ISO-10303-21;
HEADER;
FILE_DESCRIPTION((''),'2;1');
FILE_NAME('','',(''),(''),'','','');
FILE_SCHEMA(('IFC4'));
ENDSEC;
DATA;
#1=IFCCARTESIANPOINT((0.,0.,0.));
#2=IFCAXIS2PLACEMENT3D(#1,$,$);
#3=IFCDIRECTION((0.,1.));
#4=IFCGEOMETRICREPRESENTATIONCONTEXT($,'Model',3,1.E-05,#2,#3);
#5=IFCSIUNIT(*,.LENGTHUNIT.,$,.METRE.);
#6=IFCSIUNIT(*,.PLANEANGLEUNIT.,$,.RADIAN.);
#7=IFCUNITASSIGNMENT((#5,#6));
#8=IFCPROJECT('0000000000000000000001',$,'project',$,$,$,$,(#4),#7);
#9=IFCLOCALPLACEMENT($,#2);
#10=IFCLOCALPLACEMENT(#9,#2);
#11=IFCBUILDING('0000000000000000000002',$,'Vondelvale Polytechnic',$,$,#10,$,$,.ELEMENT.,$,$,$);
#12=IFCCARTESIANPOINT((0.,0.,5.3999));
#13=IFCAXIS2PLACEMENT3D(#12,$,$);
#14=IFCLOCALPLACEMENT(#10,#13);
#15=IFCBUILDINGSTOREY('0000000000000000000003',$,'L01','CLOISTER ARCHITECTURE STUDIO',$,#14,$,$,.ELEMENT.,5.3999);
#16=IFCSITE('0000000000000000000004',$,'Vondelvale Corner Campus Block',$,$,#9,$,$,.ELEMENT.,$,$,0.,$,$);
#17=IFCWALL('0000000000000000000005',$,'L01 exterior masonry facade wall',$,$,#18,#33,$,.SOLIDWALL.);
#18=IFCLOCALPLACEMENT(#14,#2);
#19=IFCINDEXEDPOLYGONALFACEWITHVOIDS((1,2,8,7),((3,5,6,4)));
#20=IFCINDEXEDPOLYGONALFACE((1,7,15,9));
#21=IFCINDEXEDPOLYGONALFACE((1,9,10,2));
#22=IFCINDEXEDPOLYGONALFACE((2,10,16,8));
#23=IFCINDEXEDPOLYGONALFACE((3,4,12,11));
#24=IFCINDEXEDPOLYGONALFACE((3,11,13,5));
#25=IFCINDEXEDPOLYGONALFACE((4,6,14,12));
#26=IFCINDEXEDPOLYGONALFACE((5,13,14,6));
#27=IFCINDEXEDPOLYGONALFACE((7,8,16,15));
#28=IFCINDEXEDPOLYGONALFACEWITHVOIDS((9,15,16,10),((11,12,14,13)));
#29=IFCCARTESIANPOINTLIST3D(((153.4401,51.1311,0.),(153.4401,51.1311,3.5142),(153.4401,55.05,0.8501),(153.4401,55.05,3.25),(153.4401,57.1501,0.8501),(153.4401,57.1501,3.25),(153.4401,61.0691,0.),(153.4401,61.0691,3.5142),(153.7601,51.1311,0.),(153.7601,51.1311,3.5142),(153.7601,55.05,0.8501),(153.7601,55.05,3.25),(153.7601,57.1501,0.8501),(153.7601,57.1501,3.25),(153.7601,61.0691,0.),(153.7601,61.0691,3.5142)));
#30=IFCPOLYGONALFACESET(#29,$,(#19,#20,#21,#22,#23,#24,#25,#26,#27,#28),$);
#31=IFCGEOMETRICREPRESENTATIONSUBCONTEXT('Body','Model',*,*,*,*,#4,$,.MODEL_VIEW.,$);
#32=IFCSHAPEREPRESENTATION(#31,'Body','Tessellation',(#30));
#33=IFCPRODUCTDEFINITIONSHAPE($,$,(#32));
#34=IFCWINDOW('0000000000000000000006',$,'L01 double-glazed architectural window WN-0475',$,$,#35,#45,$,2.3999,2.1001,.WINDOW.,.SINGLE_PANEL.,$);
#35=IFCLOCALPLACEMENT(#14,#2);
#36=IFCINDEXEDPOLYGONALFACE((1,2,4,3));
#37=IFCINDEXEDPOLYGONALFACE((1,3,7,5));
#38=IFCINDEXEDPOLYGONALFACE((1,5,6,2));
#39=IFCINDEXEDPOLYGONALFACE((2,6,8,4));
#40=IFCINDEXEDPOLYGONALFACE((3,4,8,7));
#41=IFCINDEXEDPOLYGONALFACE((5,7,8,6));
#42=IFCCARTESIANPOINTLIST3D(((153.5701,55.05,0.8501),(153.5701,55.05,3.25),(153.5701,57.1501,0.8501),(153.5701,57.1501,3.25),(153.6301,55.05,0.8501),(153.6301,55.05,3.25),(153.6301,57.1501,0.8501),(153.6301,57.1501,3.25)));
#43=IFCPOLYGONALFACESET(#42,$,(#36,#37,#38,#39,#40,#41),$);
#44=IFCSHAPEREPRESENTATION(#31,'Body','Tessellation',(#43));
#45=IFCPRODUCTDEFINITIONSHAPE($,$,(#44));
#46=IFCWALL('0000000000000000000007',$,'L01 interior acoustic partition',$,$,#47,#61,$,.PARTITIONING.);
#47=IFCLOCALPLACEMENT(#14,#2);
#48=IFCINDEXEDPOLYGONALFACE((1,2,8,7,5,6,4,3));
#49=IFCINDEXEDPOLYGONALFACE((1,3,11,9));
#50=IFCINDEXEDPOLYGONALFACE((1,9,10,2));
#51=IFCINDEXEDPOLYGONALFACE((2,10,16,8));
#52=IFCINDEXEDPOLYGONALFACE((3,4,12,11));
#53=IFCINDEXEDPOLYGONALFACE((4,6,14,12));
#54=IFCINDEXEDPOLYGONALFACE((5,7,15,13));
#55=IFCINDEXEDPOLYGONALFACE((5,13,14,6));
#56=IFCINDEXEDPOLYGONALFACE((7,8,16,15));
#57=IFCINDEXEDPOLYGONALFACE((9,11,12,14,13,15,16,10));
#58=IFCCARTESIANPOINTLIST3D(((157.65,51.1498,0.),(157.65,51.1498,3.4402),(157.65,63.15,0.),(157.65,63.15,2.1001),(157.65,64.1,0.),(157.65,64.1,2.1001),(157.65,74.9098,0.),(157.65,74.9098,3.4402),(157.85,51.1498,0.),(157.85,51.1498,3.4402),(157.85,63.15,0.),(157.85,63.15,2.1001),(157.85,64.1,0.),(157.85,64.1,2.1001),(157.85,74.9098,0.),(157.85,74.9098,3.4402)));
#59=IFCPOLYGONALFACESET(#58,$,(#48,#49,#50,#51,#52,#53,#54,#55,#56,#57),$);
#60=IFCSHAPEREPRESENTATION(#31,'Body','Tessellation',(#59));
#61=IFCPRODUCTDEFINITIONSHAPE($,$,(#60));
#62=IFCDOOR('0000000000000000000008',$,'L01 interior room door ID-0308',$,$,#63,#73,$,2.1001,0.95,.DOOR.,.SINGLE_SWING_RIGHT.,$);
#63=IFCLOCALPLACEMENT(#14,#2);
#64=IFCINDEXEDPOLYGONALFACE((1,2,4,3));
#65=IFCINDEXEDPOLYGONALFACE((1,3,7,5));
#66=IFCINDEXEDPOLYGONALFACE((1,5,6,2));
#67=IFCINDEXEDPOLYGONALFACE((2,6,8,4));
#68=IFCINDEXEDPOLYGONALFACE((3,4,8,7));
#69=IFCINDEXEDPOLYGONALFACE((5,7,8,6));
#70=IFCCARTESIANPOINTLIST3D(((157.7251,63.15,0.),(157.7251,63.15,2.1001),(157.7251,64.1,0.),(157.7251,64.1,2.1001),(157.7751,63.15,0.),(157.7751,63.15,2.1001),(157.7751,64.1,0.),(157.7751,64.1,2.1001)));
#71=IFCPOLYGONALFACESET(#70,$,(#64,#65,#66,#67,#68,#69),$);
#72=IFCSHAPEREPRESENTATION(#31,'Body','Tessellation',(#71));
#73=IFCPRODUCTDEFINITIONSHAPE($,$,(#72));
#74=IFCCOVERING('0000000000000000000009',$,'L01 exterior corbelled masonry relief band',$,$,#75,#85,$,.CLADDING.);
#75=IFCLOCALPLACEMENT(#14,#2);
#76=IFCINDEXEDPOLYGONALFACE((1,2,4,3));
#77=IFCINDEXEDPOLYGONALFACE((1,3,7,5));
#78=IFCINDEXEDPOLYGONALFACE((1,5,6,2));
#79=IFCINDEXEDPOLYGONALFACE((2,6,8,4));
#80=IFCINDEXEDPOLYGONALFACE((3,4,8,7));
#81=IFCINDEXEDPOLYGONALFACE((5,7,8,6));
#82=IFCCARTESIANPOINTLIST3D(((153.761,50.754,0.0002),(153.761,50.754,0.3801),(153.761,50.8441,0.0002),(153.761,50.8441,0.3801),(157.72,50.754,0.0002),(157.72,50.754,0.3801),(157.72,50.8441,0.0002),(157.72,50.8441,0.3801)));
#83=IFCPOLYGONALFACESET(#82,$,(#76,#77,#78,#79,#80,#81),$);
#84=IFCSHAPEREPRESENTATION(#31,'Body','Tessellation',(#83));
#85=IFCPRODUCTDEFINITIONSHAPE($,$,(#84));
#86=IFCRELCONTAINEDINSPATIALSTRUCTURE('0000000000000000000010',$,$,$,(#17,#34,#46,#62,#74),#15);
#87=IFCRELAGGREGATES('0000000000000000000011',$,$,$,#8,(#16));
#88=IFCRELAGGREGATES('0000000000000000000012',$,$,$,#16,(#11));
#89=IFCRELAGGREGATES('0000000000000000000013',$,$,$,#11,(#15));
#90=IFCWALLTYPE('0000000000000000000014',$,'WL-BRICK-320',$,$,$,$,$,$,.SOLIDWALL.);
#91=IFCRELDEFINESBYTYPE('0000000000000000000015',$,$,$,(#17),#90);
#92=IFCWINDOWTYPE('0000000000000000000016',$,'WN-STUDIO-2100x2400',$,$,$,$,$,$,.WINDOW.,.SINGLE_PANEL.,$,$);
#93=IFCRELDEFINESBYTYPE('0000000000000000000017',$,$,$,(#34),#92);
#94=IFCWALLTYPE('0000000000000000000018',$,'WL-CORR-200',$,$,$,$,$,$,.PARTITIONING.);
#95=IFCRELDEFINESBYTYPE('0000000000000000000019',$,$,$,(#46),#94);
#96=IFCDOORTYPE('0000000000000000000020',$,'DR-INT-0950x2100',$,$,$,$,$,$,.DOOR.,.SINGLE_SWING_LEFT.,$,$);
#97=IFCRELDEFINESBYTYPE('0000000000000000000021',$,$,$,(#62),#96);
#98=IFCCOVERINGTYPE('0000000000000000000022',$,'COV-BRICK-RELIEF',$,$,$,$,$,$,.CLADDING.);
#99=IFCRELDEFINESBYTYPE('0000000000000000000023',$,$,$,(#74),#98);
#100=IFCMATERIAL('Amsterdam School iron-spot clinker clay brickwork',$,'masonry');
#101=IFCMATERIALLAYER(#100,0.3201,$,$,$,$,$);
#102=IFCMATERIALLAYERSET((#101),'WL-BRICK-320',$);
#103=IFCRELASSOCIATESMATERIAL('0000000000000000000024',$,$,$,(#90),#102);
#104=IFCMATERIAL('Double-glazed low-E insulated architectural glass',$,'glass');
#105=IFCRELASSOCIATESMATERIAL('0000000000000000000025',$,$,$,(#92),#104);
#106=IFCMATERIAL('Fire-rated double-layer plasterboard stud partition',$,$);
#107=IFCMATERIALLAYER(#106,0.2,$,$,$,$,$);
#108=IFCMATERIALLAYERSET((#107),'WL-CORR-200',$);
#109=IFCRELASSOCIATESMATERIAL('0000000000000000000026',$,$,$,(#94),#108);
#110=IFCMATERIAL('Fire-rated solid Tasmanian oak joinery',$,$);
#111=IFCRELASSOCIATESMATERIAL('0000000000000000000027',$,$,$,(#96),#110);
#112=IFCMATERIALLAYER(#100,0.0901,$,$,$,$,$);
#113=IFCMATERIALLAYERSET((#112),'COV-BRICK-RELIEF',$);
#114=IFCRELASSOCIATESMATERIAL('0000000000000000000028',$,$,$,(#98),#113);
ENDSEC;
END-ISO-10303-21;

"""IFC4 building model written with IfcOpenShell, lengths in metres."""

from ifc_helpers import new_model, si_unit, direction, frame, frame_2d, origin, origin_2d, place, context, subcontext, project, spatial, rectangle, extrude, material, layer, layer_set, type_object, element, fill, save


model = new_model("IFC4")

# Units and contexts
model_context = context("Model", 3, precision=1e-05, world=origin(), true_north=direction((0.0, 1.0)))
body_context = subcontext(model_context, "Body", "Model", "MODEL_VIEW")
ifc_project = project(units=[si_unit("LENGTHUNIT", "METRE"), si_unit("PLANEANGLEUNIT", "RADIAN")], contexts=[model_context])

# Site, building, storey
site_placement = place(None, origin())
site = spatial("IfcSite", under=ifc_project, at=site_placement, Name="Vondelvale Corner Campus Block", CompositionType="ELEMENT", RefElevation=0.0)
building_placement = place(site_placement, origin())
building = spatial("IfcBuilding", under=site, at=building_placement, Name="Vondelvale Polytechnic", CompositionType="ELEMENT")
storey_placement = place(building_placement, frame((0.0, 0.0, 5.3999)))
storey = spatial("IfcBuildingStorey", under=building, at=storey_placement, Name="L01", Description="CLOISTER ARCHITECTURE STUDIO", CompositionType="ELEMENT", Elevation=5.3999)

# Shared definitions
ifc_material_1 = material(Name="Double-glazed low-E insulated architectural glass", Category="glass")

# Wall, opening, window
ifc_material_2 = material(Name="Amsterdam School iron-spot clinker clay brickwork", Category="masonry")
ifc_layer_1 = layer(ifc_material_2, 0.3201)
ifc_layer_set_1 = layer_set([ifc_layer_1], Name="WL-BRICK-320")
wall_type_1 = type_object("IfcWallType", Name="WL-BRICK-320", PredefinedType="SOLIDWALL", material=ifc_layer_set_1)
wall_1_placement = place(storey_placement, frame((153.6001, 51.1311, 0.0), z_axis=(0.0, 0.0, 1.0), x_axis=(0.0, 1.0, 0.0)))
wall_1 = element("IfcWall", 1, at=wall_1_placement, inside=storey, type_object=wall_type_1, Name="L01 exterior masonry facade wall", PredefinedType="SOLIDWALL", context=body_context, shape_type="SweptSolid", body=[
    extrude(rectangle(XDim=9.938, YDim=0.3201, at=frame_2d((4.969, 0.0))), origin(), (0.0, 0.0, 1.0), 3.5142),
])
opening_1_placement = place(wall_1_placement, frame((3.9189, 0.0, 0.8501)))
opening_1 = element("IfcOpeningElement", 2, at=opening_1_placement, cuts=wall_1, PredefinedType="OPENING", context=body_context, shape_type="SweptSolid", body=[
    extrude(rectangle(XDim=2.1001, YDim=2.3999, at=frame_2d((1.05, 1.2))), frame((0.0, 0.1699, 0.0), z_axis=(0.0, -1.0, 0.0), x_axis=(1.0, 0.0, 0.0)), (0.0, 0.0, 1.0), 0.3401),
])
window_type_1 = type_object("IfcWindowType", Name="WN-STUDIO-2100x2400", PartitioningType="SINGLE_PANEL", PredefinedType="WINDOW", material=ifc_material_1)
window_1_placement = place(opening_1_placement, origin())
window_1 = element("IfcWindow", 3, at=window_1_placement, inside=storey, type_object=window_type_1, Name="L01 double-glazed architectural window WN-0475", OverallHeight=2.3999, OverallWidth=2.1001, PartitioningType="SINGLE_PANEL", PredefinedType="WINDOW", context=body_context, shape_type="SweptSolid", body=[
    extrude(rectangle(XDim=2.1001, YDim=2.3999, at=frame_2d((1.05, 1.2))), frame((0.0, 0.03, 0.0), z_axis=(0.0, -1.0, 0.0), x_axis=(1.0, 0.0, 0.0)), (0.0, 0.0, 1.0), 0.0601),
])
fill(opening_1, window_1)

# Wall, opening, door
ifc_material_3 = material(Name="Fire-rated double-layer plasterboard stud partition")
ifc_layer_2 = layer(ifc_material_3, 0.2)
ifc_layer_set_2 = layer_set([ifc_layer_2], Name="WL-CORR-200")
wall_type_2 = type_object("IfcWallType", Name="WL-CORR-200", PredefinedType="PARTITIONING", material=ifc_layer_set_2)
wall_2_placement = place(storey_placement, frame((157.75, 51.1499, 0.0), z_axis=(0.0, 0.0, 1.0), x_axis=(0.0, 1.0, 0.0)))
wall_2 = element("IfcWall", 4, at=wall_2_placement, inside=storey, type_object=wall_type_2, Name="L01 interior acoustic partition", PredefinedType="PARTITIONING", context=body_context, shape_type="SweptSolid", body=[
    extrude(rectangle(XDim=23.76, YDim=0.2, at=frame_2d((11.8799, 0.0))), origin(), (0.0, 0.0, 1.0), 3.4402),
])
opening_2_placement = place(wall_2_placement, frame((12.0, 0.0, 0.0)))
opening_2 = element("IfcOpeningElement", 5, at=opening_2_placement, cuts=wall_2, PredefinedType="OPENING", context=body_context, shape_type="SweptSolid", body=[
    extrude(rectangle(XDim=0.95, YDim=2.1001, at=frame_2d((0.4751, 1.05))), frame((0.0, 0.1099, 0.0), z_axis=(0.0, -1.0, 0.0), x_axis=(1.0, 0.0, 0.0)), (0.0, 0.0, 1.0), 0.22),
])
ifc_material_4 = material(Name="Fire-rated solid Tasmanian oak joinery")
door_type = type_object("IfcDoorType", Name="DR-INT-0950x2100", OperationType="SINGLE_SWING_LEFT", PredefinedType="DOOR", material=ifc_material_4)
door_placement = place(opening_2_placement, origin())
door = element("IfcDoor", 6, at=door_placement, inside=storey, type_object=door_type, Name="L01 interior room door ID-0308", OperationType="SINGLE_SWING_RIGHT", OverallHeight=2.1001, OverallWidth=0.95, PredefinedType="DOOR", context=body_context, shape_type="SweptSolid", body=[
    extrude(rectangle(XDim=0.95, YDim=2.1001, at=frame_2d((0.4751, 1.05))), frame((0.0, 0.0249, 0.0), z_axis=(0.0, -1.0, 0.0), x_axis=(1.0, 0.0, 0.0)), (0.0, 0.0, 1.0), 0.05),
])
fill(opening_2, door)

# Covering
ifc_layer_3 = layer(ifc_material_2, 0.0901)
ifc_layer_set_3 = layer_set([ifc_layer_3], Name="COV-BRICK-RELIEF")
covering_type = type_object("IfcCoveringType", Name="COV-BRICK-RELIEF", PredefinedType="CLADDING", material=ifc_layer_set_3)
covering_placement = place(storey_placement, frame((155.7405, 50.7991, 0.0002), z_axis=(0.0, 0.0, 1.0), x_axis=(-1.0, 0.0, 0.0)))
element("IfcCovering", 7, at=covering_placement, inside=storey, type_object=covering_type, Name="L01 exterior corbelled masonry relief band", PredefinedType="CLADDING", context=body_context, shape_type="SweptSolid", body=[
    extrude(rectangle(XDim=3.959, YDim=0.0901, at=origin_2d()), origin(), (0.0, 0.0, 1.0), 0.3799),
])

save(model, "model.ifc")
